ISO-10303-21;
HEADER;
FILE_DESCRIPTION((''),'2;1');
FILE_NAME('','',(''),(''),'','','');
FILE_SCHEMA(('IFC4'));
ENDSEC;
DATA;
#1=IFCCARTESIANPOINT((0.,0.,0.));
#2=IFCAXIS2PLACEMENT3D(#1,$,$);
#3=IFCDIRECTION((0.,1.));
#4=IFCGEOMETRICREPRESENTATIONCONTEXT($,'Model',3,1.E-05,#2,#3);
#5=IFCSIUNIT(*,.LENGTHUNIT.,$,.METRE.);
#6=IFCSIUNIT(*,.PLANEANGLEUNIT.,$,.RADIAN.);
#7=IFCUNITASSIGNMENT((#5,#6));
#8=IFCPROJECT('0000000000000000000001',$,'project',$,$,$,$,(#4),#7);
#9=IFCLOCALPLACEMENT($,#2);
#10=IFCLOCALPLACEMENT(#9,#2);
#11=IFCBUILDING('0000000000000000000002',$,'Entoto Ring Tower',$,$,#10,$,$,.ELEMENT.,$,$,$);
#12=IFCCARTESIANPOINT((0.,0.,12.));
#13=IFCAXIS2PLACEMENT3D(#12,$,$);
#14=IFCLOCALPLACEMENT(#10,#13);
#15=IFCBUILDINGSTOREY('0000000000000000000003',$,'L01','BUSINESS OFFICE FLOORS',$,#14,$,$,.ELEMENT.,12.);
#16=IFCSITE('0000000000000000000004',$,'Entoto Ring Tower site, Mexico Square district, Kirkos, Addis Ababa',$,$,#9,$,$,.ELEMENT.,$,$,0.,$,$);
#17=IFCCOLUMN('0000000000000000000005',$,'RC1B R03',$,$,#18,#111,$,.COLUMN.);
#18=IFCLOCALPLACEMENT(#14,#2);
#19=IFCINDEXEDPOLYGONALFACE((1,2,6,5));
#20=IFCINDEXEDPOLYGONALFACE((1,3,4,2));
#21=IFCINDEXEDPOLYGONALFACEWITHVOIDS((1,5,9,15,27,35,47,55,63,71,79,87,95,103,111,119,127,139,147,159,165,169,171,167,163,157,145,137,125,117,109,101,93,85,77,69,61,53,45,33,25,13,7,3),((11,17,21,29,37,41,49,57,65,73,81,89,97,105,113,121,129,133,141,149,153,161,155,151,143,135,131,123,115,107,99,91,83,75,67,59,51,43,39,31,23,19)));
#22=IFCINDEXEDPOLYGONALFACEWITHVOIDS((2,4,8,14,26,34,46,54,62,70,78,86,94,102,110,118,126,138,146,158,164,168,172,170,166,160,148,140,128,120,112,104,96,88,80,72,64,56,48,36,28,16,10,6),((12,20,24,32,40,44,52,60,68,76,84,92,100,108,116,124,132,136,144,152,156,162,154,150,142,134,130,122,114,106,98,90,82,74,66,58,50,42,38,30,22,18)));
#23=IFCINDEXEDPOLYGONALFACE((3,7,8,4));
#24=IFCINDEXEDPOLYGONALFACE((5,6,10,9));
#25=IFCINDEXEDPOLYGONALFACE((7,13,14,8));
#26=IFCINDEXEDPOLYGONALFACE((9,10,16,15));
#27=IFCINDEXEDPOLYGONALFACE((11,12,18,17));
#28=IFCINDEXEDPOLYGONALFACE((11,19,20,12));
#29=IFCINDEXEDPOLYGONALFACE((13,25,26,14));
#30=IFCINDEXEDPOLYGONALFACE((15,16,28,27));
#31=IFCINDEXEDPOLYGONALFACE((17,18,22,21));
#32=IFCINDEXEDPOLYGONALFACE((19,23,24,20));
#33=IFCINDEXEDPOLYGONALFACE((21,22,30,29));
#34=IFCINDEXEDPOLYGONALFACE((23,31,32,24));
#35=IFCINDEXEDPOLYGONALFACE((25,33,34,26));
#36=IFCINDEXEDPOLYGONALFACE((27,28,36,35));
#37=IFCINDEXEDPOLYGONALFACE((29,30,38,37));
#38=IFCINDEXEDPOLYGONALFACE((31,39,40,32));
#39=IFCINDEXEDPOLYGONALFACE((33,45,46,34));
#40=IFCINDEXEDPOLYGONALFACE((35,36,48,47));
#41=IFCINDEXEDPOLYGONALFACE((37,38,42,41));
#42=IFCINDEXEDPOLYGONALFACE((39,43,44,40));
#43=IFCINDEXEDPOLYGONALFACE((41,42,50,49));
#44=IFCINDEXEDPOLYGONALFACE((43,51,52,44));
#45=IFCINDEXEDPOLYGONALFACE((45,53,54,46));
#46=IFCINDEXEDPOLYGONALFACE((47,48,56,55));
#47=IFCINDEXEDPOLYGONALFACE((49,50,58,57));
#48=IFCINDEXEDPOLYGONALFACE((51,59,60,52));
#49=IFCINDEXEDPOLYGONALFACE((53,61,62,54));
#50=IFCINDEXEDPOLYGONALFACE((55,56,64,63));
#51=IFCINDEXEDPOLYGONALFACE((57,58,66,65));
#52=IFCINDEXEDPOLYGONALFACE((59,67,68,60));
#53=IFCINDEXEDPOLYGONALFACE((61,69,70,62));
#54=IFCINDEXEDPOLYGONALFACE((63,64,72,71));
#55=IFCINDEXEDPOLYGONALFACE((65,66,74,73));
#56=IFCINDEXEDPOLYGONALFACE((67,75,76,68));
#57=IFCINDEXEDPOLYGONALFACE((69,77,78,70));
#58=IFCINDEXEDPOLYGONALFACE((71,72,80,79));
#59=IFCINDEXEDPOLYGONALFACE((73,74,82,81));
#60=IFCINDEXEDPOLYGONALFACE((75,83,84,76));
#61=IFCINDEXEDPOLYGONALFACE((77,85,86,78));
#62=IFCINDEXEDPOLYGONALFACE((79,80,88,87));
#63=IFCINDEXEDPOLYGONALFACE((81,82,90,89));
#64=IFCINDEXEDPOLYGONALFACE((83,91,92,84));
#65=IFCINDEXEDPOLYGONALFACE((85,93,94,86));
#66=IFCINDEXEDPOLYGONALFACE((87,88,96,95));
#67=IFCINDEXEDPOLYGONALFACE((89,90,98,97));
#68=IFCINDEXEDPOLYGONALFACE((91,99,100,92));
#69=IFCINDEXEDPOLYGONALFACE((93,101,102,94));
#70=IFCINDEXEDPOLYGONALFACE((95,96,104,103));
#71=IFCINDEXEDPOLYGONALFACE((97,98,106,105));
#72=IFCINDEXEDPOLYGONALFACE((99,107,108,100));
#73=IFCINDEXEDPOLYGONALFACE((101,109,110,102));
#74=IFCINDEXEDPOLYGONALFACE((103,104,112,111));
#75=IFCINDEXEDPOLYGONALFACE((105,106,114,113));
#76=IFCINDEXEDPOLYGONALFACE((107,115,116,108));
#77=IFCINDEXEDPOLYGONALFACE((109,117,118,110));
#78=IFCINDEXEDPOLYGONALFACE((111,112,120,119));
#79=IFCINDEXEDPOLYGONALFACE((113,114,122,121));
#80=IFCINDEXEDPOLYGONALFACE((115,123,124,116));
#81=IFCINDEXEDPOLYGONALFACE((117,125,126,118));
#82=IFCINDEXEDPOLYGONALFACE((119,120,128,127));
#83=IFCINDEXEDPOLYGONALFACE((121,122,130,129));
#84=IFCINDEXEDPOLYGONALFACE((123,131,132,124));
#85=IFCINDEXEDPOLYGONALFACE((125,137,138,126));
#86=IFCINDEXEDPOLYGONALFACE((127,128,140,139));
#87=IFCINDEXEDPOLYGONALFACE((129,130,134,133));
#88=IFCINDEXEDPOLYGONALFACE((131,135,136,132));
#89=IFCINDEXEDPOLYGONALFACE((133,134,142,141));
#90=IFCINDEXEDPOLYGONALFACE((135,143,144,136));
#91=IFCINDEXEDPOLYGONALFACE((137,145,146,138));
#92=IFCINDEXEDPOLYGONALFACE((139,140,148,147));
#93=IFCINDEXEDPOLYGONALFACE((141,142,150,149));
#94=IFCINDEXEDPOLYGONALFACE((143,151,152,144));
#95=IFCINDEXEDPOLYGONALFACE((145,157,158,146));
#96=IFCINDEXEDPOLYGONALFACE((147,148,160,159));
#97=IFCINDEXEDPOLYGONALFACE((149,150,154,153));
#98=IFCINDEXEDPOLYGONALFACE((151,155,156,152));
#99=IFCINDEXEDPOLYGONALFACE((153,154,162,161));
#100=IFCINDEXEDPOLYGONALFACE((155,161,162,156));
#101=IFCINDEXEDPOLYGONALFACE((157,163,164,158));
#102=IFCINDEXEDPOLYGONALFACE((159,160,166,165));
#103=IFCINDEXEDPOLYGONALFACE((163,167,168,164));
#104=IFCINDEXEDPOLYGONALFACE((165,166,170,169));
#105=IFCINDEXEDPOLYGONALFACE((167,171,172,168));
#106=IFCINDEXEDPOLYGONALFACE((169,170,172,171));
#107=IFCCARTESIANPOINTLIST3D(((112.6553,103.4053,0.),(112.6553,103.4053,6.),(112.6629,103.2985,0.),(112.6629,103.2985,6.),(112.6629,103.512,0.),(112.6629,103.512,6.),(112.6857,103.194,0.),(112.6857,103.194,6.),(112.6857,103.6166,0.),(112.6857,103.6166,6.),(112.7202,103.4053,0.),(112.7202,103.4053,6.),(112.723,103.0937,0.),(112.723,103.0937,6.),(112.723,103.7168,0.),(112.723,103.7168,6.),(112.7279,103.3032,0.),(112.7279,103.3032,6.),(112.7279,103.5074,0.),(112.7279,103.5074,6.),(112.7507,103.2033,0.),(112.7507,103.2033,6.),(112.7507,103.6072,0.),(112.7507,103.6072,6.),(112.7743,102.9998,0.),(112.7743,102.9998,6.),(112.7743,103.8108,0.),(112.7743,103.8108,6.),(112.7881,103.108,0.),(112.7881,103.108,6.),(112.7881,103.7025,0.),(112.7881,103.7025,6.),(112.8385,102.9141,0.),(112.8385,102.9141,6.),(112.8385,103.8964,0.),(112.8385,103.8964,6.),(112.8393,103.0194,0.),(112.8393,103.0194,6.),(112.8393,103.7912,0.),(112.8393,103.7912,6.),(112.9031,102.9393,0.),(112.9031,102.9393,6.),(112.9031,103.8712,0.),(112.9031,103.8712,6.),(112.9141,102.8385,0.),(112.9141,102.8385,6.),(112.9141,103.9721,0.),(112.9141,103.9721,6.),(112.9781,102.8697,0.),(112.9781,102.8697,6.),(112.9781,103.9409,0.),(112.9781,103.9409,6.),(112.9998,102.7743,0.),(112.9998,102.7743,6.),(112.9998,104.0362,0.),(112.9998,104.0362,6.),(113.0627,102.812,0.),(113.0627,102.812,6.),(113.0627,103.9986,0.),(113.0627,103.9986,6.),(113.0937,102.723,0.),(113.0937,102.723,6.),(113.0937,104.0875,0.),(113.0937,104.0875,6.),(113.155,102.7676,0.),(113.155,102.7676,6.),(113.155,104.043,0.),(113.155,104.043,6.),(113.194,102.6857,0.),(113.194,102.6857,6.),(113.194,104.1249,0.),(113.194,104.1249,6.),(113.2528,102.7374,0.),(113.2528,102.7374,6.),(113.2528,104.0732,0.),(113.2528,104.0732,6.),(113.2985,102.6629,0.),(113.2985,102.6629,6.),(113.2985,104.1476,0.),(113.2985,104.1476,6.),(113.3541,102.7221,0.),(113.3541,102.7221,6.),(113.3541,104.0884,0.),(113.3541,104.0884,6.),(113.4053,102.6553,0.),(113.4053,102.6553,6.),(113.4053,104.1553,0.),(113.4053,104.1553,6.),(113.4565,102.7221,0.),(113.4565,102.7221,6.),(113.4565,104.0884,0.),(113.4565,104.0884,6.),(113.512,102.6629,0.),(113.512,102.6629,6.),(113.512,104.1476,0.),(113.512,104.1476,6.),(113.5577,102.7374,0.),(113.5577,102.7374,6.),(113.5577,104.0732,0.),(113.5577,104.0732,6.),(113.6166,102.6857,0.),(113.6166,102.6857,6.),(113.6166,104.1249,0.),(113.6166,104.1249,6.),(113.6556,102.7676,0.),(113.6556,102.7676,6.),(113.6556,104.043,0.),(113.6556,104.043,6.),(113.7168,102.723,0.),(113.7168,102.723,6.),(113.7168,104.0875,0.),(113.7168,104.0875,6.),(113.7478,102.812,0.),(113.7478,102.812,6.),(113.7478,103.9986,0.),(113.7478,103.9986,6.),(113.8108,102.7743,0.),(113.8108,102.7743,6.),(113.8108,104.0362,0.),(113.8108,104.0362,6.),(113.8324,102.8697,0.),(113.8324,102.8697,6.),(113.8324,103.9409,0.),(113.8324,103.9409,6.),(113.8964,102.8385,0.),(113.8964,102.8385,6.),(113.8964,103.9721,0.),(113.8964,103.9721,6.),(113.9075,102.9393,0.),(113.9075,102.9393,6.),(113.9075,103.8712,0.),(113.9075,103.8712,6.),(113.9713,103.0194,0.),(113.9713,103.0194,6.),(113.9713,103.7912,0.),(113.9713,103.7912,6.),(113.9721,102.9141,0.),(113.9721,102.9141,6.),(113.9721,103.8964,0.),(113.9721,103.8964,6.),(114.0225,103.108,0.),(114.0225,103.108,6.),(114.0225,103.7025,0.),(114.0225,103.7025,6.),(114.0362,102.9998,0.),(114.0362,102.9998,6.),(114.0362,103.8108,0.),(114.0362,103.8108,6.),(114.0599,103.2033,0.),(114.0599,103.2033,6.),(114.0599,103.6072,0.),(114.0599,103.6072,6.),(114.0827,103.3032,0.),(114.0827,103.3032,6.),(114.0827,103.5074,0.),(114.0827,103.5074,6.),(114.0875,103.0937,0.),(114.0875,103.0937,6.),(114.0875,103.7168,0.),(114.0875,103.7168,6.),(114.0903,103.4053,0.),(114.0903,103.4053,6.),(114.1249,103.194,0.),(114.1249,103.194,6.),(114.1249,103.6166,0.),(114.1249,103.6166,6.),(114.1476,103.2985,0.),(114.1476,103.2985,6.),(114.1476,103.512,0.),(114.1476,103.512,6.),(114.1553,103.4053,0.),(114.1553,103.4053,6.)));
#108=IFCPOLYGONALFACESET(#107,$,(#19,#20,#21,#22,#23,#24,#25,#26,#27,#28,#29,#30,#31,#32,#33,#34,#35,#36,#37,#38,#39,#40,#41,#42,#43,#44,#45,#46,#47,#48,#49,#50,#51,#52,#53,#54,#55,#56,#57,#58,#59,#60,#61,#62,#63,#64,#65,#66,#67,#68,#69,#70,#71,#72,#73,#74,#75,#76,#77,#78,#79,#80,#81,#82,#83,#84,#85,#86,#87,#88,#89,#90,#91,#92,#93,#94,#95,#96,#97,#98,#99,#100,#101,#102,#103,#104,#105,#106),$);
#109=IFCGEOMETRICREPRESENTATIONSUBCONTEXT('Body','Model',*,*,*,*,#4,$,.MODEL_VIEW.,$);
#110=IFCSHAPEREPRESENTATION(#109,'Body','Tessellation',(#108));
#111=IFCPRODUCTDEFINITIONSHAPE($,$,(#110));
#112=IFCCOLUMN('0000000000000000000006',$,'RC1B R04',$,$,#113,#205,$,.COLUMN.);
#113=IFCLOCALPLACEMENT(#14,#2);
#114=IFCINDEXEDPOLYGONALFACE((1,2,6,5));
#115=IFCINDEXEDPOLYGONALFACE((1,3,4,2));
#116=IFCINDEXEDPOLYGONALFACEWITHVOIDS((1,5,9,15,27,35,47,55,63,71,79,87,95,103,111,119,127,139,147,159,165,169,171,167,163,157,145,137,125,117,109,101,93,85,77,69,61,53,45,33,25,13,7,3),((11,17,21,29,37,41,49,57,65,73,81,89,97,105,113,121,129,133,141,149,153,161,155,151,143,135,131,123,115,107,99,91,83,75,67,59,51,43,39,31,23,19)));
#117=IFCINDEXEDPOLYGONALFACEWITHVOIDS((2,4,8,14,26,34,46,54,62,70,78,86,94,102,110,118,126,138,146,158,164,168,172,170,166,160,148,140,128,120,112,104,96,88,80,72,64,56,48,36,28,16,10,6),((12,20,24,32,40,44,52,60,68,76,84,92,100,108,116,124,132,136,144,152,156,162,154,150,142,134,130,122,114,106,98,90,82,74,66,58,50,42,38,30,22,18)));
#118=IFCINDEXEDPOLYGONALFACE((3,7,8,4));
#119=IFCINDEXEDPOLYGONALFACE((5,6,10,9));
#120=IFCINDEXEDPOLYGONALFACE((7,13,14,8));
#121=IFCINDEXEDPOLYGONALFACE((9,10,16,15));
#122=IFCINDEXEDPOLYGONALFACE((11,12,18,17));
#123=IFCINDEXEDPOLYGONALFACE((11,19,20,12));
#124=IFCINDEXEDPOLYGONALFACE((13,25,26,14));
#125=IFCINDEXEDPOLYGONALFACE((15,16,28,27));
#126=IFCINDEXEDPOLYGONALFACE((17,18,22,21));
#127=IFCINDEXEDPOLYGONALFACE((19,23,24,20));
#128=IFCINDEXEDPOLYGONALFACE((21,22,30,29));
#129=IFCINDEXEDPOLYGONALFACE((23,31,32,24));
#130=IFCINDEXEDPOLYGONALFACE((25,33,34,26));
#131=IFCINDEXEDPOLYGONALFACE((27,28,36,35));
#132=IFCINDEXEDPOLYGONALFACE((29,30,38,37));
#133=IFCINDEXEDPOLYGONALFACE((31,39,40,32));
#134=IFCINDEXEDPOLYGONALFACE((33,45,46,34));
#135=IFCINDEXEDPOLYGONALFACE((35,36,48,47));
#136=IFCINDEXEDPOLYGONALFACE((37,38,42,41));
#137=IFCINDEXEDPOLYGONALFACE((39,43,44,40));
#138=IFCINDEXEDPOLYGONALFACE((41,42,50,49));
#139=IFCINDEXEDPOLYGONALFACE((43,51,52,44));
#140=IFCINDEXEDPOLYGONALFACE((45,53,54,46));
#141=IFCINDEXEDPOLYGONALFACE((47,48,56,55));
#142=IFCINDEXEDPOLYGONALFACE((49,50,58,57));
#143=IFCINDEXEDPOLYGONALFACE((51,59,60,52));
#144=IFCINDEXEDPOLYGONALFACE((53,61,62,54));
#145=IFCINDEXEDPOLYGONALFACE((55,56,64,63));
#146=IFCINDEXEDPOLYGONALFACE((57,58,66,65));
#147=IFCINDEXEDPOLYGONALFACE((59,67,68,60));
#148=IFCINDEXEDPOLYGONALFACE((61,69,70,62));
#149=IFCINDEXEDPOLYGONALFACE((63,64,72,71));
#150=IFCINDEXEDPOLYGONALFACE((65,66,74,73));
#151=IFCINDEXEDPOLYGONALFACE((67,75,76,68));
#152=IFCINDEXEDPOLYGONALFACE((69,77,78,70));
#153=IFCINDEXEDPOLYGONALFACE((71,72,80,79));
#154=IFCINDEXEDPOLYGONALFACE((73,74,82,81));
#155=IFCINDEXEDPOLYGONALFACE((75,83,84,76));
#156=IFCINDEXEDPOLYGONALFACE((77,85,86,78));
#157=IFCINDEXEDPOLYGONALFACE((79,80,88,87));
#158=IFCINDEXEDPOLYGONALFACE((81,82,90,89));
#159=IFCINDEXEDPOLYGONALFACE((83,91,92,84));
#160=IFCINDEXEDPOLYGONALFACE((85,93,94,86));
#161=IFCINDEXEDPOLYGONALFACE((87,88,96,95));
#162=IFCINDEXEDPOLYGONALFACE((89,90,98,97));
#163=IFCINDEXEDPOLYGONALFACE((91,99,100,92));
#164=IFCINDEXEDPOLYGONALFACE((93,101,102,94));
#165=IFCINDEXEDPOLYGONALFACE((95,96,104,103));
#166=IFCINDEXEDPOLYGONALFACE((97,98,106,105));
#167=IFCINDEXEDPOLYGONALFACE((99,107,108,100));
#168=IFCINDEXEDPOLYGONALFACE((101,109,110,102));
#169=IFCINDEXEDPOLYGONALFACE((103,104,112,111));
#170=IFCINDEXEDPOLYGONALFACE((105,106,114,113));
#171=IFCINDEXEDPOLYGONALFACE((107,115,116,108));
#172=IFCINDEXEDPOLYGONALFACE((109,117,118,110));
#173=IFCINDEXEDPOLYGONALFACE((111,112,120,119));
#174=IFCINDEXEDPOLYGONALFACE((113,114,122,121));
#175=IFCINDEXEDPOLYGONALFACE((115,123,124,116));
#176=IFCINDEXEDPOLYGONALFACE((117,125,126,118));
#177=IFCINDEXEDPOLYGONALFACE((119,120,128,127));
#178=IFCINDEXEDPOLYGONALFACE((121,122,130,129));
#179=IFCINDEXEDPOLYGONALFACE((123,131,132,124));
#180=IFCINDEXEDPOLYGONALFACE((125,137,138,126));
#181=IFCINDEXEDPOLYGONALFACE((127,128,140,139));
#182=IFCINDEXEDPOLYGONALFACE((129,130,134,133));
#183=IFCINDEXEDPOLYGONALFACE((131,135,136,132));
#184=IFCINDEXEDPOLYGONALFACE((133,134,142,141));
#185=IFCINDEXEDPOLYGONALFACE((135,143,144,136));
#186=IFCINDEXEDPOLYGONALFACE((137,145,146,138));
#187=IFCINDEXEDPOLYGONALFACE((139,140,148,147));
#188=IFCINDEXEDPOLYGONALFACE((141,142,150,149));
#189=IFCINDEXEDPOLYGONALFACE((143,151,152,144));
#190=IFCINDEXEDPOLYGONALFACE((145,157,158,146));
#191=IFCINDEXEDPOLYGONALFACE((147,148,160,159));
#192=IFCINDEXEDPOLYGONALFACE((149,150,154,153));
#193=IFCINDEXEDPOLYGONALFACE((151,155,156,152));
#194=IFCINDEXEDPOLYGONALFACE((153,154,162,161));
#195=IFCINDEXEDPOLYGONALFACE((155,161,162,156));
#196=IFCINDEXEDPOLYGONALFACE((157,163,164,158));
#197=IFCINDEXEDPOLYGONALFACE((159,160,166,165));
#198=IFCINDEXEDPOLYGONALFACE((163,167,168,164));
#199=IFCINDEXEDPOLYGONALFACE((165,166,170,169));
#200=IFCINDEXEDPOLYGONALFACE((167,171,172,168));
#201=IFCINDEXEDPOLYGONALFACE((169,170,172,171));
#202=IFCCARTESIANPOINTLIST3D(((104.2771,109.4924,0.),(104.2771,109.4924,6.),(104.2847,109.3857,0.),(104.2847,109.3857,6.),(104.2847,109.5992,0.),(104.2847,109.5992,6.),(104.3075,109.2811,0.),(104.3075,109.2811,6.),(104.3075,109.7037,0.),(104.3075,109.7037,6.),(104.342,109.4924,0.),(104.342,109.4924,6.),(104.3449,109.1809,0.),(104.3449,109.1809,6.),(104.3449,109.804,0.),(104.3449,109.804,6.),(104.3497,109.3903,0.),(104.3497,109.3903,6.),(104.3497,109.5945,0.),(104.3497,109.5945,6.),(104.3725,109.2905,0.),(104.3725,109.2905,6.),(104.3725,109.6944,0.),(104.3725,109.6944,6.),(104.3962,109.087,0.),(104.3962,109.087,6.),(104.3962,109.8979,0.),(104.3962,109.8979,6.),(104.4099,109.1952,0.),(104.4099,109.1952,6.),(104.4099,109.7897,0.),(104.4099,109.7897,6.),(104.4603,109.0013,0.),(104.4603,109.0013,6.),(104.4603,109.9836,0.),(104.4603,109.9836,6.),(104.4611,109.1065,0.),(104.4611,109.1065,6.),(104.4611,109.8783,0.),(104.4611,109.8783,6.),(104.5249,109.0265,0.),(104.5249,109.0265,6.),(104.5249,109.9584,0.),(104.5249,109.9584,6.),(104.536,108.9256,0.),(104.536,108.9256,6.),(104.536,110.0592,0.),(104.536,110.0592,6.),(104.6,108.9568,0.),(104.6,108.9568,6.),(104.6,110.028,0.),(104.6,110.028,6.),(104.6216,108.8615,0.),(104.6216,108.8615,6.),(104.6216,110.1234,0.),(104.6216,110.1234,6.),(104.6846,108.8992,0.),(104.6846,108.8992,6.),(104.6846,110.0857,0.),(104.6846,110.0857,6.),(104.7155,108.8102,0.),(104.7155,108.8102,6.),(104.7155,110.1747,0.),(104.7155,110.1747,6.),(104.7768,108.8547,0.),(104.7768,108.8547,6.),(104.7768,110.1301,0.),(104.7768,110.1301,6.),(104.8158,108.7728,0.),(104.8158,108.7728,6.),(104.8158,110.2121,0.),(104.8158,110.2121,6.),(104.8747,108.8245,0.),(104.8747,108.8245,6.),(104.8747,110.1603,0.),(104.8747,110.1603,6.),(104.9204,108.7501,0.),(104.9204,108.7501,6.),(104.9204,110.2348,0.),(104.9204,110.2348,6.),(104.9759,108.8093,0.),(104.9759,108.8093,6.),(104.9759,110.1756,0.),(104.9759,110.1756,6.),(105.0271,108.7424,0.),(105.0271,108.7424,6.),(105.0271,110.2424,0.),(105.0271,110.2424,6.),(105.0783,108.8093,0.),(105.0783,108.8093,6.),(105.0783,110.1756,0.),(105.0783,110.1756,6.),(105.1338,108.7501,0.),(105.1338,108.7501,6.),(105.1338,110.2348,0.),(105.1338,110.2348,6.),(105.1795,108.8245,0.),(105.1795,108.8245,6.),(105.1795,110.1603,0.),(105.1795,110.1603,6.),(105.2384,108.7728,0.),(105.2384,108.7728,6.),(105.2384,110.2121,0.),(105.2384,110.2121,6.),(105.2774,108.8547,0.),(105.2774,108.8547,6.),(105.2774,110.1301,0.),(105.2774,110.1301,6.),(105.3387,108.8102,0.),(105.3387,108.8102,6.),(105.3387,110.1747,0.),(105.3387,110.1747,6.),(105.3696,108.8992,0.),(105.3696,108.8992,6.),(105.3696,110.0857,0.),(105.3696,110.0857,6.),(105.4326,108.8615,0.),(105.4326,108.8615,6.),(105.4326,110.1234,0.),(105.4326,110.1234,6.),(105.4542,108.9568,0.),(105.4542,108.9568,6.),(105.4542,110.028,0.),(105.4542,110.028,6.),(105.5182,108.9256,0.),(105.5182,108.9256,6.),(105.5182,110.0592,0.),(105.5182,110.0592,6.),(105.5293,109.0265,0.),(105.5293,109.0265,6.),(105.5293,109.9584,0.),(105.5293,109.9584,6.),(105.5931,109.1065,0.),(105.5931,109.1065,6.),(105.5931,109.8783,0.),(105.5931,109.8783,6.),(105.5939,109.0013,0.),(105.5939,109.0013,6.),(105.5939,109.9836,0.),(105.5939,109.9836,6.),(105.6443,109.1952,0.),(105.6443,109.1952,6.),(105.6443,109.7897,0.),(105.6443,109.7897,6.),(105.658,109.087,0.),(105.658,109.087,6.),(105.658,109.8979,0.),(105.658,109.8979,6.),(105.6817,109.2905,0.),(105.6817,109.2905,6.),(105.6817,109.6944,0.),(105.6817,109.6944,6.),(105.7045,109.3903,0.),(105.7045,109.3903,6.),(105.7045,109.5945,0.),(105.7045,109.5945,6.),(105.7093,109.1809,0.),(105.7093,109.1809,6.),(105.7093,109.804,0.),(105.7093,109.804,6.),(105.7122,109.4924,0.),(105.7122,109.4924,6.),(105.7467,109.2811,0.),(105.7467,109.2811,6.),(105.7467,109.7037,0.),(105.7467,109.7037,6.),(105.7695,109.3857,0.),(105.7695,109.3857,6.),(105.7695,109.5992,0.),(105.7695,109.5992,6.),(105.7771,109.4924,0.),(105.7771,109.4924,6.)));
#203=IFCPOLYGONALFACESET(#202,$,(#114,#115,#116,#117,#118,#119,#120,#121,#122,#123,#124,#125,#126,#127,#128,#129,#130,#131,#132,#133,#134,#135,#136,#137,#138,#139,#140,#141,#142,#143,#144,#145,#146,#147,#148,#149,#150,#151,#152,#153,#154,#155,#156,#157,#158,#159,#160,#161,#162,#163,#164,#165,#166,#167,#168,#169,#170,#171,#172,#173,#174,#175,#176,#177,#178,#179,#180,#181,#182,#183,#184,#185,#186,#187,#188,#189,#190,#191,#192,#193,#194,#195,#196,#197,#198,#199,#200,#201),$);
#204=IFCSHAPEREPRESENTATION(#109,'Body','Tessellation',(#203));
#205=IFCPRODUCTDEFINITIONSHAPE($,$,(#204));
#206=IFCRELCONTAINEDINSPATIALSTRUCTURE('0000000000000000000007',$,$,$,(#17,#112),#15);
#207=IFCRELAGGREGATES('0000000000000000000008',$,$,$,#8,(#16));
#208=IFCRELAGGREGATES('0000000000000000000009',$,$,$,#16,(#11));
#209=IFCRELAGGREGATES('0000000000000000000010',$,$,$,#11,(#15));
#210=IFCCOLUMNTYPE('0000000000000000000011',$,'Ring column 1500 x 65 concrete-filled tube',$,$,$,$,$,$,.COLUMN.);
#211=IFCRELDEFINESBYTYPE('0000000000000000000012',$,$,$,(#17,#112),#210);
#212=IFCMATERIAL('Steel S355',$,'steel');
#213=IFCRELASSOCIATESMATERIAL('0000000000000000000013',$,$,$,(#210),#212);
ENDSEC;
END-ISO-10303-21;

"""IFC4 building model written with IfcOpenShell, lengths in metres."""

from ifc_helpers import new_model, si_unit, direction, frame, origin, origin_2d, place, context, subcontext, project, spatial, circle, hollow_circle, extrude, material, material_profile, profile_set, type_object, element, save


model = new_model("IFC4")

# Units and contexts
model_context = context("Model", 3, precision=1e-05, world=origin(), true_north=direction((0.0, 1.0)))
body_context = subcontext(model_context, "Body", "Model", "MODEL_VIEW")
ifc_project = project(units=[si_unit("LENGTHUNIT", "METRE"), si_unit("PLANEANGLEUNIT", "RADIAN")], contexts=[model_context])

# Site, building, storey
site_placement = place(None, origin())
site = spatial("IfcSite", under=ifc_project, at=site_placement, Name="Entoto Ring Tower site, Mexico Square district, Kirkos, Addis Ababa", CompositionType="ELEMENT", RefElevation=0.0)
building_placement = place(site_placement, origin())
building = spatial("IfcBuilding", under=site, at=building_placement, Name="Entoto Ring Tower", CompositionType="ELEMENT")
storey_placement = place(building_placement, frame((0.0, 0.0, 12.0)))
storey = spatial("IfcBuildingStorey", under=building, at=storey_placement, Name="L01", Description="BUSINESS OFFICE FLOORS", CompositionType="ELEMENT", Elevation=12.0)

# Columns
ifc_material_1 = material(Name="Steel S355", Category="steel")
ifc_material_profile_1 = material_profile(ifc_material_1, hollow_circle(Radius=0.75, WallThickness=0.0649, at=origin_2d()), Name="CHS 1500 x 65")
ifc_material_2 = material(Name="Concrete C60/75", Category="concrete")
ifc_material_profile_2 = material_profile(ifc_material_2, circle(Radius=0.6851, at=origin_2d()), Name="Concrete C60/75 infill")
ifc_profile_set_1 = profile_set([ifc_material_profile_1, ifc_material_profile_2], Name="Steel S355")
column_type = type_object("IfcColumnType", Name="Ring column 1500 x 65 concrete-filled tube", PredefinedType="COLUMN", material=ifc_profile_set_1)
for number, where, z_axis, x_axis, name in (
    (1, (113.4053, 103.4053, 0.0), (0.0, 0.0, 1.0), (1.0, 0.0, 0.0), "RC1B R03"),
    (2, (105.0271, 109.4924, 0.0), (0.0, 0.0, 1.0), (1.0, 0.0, 0.0), "RC1B R04"),
):
    element("IfcColumn", number, at=place(storey_placement, frame(where, z_axis=z_axis, x_axis=x_axis)), inside=storey, type_object=column_type, Name=name, PredefinedType="COLUMN", context=body_context, shape_type="SweptSolid", body=[
        extrude(hollow_circle(Radius=0.75, WallThickness=0.0649, at=origin_2d()), origin(), (0.0, 0.0, 1.0), 6.0),
    ])

save(model, "model.ifc")
